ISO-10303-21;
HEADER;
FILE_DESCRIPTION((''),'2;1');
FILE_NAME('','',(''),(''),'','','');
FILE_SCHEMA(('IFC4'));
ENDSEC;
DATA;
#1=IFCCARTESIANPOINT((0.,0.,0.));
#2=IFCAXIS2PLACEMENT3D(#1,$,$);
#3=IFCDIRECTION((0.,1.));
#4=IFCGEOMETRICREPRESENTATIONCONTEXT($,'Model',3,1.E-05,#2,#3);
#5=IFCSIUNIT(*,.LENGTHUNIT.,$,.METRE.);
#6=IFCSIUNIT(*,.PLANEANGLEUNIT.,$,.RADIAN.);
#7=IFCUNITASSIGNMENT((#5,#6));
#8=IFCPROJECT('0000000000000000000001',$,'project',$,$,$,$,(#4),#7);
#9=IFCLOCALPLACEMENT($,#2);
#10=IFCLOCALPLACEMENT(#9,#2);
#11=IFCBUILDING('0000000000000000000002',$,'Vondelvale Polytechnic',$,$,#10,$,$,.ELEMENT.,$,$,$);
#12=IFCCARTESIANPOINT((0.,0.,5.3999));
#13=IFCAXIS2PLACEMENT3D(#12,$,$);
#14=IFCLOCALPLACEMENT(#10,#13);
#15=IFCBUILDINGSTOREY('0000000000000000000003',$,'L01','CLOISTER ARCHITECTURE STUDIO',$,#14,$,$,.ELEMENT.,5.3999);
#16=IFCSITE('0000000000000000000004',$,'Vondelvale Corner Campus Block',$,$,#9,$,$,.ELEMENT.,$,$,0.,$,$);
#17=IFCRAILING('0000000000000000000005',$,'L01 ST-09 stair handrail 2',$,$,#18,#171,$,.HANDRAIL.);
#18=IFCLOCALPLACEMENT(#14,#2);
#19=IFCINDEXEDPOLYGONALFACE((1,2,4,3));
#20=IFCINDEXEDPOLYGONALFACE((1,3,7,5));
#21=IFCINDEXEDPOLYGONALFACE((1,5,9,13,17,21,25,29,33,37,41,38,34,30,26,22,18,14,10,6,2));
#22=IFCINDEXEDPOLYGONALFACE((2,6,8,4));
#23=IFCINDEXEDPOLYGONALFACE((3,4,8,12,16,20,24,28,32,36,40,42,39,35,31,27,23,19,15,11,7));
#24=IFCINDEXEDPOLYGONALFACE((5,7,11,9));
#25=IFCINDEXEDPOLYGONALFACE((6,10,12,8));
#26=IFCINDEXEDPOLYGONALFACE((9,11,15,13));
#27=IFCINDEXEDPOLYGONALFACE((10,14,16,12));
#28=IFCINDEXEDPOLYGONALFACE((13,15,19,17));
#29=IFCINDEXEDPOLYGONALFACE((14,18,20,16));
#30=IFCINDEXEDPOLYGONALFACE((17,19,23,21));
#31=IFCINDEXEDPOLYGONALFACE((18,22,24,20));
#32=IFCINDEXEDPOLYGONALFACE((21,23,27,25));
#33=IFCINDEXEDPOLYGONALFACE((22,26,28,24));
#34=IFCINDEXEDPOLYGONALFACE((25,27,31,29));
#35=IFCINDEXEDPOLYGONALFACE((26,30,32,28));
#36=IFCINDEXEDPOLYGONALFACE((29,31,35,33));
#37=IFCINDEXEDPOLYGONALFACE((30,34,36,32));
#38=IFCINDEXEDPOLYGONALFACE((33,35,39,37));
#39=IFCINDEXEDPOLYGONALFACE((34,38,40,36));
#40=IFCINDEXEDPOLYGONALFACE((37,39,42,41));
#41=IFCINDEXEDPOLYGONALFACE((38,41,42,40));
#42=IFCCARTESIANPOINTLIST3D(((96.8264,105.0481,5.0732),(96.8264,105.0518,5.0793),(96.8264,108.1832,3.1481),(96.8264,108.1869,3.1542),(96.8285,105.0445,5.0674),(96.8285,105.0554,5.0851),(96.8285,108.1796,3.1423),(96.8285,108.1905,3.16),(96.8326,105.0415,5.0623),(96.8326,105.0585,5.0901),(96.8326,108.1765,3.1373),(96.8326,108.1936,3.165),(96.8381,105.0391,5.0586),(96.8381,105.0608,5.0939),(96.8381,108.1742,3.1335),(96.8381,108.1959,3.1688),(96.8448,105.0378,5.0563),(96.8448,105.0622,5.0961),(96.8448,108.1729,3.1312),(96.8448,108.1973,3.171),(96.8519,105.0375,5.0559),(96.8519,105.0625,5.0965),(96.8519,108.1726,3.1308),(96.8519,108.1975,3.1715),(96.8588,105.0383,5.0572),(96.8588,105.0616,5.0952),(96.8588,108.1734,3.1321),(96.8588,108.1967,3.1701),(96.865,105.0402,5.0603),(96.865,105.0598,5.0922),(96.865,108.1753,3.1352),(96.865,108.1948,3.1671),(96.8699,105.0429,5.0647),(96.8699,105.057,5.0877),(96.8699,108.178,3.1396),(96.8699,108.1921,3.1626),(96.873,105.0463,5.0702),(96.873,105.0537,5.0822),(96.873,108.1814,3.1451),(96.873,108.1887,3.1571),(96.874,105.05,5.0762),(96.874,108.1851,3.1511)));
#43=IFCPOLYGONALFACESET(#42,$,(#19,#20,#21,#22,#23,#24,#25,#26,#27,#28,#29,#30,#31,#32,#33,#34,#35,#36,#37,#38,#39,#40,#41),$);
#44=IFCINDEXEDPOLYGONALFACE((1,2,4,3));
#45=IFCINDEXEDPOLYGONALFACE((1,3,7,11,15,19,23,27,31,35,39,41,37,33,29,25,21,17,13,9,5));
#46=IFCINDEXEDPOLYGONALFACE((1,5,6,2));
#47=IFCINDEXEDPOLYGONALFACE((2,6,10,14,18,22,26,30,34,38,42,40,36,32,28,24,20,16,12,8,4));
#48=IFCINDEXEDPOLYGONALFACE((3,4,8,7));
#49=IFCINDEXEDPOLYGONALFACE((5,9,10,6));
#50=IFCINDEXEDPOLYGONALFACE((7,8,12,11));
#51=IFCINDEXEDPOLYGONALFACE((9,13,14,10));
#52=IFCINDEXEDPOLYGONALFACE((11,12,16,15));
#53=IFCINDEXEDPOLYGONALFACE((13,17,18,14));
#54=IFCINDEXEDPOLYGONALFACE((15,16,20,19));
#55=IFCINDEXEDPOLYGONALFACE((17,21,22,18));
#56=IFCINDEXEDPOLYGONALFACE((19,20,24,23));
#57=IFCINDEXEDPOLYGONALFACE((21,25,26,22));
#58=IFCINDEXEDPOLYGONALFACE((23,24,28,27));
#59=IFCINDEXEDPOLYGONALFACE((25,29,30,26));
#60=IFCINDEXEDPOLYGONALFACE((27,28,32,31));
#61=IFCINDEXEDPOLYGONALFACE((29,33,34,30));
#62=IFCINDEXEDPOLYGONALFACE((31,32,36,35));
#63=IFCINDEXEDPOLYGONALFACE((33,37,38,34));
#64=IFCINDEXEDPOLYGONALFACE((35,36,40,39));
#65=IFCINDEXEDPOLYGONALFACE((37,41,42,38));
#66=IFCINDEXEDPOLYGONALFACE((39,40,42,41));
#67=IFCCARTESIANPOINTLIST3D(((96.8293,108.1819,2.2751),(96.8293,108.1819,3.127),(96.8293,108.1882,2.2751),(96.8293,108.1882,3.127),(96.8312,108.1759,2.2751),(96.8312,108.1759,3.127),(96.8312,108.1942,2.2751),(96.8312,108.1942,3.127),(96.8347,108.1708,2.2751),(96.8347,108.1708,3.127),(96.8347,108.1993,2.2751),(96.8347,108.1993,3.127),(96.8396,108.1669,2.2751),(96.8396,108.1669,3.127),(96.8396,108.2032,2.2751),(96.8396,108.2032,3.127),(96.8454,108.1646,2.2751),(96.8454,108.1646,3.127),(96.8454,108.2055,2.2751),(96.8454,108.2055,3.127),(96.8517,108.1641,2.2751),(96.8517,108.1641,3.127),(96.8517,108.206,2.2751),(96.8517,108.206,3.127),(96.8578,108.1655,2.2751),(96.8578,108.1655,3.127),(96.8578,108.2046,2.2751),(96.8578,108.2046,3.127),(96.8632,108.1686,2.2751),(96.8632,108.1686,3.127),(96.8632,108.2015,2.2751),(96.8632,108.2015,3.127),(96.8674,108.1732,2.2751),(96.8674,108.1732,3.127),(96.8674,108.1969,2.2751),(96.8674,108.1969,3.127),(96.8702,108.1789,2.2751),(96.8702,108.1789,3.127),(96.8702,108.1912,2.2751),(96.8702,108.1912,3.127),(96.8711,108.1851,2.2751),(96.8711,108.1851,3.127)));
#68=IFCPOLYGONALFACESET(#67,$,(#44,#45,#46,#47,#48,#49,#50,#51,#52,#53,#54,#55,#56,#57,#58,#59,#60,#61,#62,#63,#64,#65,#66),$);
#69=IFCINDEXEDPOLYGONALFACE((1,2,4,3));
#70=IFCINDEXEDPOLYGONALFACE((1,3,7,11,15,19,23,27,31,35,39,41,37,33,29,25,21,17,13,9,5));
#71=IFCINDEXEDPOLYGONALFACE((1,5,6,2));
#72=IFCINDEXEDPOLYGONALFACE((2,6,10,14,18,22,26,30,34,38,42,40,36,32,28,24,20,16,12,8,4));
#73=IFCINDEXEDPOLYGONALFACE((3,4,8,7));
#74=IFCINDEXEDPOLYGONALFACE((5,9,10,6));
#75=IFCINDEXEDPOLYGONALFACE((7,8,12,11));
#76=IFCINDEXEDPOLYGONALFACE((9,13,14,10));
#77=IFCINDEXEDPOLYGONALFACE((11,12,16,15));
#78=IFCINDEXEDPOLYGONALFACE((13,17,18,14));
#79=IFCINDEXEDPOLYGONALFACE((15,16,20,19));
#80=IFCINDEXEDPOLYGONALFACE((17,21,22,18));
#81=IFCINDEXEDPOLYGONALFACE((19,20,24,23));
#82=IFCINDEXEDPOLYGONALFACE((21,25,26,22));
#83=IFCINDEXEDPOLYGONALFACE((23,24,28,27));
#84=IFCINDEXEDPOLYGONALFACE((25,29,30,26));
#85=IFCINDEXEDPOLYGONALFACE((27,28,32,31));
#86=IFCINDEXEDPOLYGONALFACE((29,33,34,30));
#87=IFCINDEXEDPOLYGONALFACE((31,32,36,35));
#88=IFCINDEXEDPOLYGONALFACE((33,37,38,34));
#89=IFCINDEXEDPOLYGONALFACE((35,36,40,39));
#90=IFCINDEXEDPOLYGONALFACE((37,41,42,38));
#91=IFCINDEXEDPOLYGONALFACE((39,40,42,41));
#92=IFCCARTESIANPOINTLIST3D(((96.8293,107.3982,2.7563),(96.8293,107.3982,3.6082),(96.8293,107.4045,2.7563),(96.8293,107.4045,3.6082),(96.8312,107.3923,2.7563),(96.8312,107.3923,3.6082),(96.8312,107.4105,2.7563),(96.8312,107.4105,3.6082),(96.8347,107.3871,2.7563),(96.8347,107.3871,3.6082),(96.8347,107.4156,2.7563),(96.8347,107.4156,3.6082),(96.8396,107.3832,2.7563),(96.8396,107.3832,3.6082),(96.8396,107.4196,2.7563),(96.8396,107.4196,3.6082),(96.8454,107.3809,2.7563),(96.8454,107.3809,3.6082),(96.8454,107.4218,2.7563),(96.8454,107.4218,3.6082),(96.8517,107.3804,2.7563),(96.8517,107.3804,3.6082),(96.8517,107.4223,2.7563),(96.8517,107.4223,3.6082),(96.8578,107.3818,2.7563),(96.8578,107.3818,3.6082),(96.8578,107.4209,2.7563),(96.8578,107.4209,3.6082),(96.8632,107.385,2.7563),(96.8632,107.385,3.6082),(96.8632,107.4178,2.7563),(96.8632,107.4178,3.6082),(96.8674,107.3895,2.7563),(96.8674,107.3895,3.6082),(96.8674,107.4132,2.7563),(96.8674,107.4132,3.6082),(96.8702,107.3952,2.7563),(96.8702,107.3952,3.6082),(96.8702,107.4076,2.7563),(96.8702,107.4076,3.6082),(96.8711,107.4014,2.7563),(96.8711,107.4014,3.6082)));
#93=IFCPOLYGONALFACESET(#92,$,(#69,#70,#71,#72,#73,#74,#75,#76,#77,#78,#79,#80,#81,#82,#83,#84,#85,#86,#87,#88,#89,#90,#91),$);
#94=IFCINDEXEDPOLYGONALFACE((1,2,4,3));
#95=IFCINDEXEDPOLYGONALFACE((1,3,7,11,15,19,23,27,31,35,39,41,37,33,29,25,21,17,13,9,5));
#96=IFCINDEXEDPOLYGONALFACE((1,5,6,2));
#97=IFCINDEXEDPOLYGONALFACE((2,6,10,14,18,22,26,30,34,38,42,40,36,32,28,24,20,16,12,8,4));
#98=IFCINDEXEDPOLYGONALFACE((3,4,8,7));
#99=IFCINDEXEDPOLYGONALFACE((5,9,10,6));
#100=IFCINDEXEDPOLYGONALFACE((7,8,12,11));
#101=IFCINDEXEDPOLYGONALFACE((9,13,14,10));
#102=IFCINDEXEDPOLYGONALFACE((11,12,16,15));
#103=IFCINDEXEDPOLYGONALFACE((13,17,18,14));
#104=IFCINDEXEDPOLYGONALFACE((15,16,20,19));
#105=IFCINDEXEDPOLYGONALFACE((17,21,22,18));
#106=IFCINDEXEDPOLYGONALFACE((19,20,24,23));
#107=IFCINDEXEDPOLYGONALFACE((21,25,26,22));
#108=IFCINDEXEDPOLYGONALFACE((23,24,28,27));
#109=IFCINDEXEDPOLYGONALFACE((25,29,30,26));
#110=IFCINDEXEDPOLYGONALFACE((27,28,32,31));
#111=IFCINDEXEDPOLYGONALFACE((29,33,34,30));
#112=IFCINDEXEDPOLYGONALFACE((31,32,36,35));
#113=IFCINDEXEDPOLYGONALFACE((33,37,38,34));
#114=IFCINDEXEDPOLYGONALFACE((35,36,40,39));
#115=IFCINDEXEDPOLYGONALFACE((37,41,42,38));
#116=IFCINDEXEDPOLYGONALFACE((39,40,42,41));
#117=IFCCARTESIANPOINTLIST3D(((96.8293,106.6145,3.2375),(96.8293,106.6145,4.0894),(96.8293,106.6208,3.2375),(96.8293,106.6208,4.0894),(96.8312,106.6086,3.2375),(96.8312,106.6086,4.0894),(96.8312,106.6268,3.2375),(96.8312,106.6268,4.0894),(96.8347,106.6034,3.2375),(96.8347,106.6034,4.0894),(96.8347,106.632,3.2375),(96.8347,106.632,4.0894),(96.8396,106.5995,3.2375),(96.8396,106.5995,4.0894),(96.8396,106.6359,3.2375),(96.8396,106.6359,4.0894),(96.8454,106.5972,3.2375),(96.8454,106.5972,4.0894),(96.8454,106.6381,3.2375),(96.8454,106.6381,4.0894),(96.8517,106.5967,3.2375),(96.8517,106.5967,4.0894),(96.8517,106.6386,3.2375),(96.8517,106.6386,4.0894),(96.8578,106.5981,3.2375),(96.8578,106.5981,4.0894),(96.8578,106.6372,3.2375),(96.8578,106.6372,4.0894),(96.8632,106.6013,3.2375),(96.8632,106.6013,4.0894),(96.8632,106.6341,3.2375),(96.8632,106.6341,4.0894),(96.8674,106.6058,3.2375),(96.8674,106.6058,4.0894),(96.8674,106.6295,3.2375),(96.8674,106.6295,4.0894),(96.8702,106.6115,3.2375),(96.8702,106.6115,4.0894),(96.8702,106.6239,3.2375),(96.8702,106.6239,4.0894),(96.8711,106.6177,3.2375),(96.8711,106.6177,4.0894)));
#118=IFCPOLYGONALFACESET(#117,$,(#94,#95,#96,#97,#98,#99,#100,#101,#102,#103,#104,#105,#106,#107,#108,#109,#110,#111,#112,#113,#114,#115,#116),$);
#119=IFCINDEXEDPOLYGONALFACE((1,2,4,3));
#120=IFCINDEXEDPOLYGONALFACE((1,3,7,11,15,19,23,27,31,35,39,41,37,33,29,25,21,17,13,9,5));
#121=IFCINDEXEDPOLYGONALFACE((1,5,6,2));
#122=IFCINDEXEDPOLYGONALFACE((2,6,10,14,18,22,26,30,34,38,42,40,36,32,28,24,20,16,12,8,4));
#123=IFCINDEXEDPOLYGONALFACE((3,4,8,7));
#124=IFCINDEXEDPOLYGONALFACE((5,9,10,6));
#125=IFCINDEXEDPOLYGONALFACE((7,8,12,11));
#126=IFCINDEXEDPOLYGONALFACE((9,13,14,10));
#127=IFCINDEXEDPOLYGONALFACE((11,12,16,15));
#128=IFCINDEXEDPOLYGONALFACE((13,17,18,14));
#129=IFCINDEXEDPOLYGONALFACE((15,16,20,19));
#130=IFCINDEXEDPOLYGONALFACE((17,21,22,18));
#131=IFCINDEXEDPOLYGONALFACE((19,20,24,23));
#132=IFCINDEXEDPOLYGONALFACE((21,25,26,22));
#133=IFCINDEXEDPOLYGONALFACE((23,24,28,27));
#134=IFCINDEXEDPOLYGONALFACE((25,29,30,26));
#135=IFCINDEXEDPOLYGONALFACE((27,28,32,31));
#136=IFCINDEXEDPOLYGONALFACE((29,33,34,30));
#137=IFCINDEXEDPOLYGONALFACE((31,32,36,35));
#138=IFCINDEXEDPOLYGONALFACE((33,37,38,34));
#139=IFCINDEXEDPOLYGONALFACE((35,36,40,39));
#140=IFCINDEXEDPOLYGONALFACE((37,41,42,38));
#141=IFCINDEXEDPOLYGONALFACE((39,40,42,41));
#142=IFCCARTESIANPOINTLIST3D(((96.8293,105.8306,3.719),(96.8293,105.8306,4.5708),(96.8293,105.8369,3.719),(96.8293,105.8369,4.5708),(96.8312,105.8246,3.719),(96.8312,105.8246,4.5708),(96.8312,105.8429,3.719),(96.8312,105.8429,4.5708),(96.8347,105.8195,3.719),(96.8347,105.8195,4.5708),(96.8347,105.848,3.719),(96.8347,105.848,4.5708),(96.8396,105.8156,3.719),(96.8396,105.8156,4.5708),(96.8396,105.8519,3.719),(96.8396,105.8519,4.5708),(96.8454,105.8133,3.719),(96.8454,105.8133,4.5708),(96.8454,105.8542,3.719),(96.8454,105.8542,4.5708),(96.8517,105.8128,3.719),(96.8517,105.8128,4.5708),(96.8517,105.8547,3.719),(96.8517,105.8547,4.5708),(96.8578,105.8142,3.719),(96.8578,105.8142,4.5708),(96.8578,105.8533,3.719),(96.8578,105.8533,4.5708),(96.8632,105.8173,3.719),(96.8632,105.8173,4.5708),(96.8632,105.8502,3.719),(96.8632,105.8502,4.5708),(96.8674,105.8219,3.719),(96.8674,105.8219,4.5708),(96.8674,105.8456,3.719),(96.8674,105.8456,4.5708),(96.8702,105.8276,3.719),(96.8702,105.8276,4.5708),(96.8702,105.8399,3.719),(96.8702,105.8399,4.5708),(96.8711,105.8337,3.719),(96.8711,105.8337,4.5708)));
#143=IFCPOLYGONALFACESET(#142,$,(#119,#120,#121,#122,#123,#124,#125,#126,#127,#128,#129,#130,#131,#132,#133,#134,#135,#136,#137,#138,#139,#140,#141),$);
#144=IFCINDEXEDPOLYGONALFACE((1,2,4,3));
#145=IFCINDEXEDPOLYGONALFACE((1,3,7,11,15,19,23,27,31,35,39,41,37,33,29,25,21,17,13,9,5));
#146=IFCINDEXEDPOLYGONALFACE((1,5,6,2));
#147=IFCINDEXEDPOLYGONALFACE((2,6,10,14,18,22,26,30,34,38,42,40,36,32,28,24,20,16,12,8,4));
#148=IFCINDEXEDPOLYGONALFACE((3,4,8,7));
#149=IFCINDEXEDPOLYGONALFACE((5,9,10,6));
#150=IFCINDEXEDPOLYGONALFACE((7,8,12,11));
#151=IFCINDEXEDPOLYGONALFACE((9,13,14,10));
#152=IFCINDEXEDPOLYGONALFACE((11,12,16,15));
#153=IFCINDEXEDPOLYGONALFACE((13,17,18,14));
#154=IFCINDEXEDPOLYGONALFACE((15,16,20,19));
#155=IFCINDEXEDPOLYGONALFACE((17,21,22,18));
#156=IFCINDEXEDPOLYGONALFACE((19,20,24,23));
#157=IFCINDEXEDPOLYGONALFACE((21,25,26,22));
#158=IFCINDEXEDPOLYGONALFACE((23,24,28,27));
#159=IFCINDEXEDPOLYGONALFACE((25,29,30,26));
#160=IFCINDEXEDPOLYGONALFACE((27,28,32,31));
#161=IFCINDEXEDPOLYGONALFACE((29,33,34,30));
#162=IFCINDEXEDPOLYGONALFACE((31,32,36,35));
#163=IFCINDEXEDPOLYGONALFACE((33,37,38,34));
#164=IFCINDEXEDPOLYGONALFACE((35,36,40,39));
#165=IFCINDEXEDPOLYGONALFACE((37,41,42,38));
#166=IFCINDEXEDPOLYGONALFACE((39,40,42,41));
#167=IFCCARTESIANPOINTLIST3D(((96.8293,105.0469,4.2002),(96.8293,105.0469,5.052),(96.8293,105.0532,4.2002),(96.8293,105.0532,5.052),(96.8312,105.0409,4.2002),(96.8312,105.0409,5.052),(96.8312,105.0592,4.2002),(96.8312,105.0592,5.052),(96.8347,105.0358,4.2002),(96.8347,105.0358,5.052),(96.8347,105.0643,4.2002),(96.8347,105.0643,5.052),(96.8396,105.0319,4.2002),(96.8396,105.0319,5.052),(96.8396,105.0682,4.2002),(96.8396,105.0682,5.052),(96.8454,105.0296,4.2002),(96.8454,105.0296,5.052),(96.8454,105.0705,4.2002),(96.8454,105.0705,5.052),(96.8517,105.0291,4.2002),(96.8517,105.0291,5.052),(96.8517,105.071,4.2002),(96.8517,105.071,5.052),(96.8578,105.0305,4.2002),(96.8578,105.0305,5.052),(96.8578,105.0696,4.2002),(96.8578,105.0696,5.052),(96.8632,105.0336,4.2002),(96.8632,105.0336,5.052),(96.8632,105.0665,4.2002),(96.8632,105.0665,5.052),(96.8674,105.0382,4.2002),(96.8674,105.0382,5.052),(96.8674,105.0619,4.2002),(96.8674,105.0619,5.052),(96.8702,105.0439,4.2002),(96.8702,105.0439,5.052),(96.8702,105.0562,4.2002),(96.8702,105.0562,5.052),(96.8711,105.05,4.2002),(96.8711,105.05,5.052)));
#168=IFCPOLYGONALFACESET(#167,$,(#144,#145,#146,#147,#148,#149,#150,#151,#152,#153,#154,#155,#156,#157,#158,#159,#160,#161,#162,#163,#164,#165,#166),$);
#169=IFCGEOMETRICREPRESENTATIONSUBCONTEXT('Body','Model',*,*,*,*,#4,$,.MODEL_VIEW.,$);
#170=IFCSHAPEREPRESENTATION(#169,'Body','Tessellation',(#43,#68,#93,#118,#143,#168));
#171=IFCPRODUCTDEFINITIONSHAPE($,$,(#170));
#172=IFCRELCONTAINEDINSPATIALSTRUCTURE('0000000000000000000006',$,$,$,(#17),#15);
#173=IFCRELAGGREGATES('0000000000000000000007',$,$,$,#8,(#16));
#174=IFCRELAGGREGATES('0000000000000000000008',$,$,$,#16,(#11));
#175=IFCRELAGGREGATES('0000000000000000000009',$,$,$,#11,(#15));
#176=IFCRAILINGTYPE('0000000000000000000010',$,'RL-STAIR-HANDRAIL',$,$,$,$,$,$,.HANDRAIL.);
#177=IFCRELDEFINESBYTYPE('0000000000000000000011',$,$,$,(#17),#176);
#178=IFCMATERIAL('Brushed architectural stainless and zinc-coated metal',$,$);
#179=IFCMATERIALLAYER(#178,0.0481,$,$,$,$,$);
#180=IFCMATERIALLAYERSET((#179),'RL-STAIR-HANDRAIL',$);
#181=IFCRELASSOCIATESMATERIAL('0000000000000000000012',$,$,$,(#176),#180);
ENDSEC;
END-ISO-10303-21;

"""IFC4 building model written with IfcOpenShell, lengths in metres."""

from ifc_helpers import new_model, si_unit, direction, frame, origin, origin_2d, place, context, subcontext, project, spatial, circle, extrude, material, layer, layer_set, type_object, element, save


model = new_model("IFC4")

# Units and contexts
model_context = context("Model", 3, precision=1e-05, world=origin(), true_north=direction((0.0, 1.0)))
body_context = subcontext(model_context, "Body", "Model", "MODEL_VIEW")
ifc_project = project(units=[si_unit("LENGTHUNIT", "METRE"), si_unit("PLANEANGLEUNIT", "RADIAN")], contexts=[model_context])

# Site, building, storey
site_placement = place(None, origin())
site = spatial("IfcSite", under=ifc_project, at=site_placement, Name="Vondelvale Corner Campus Block", CompositionType="ELEMENT", RefElevation=0.0)
building_placement = place(site_placement, origin())
building = spatial("IfcBuilding", under=site, at=building_placement, Name="Vondelvale Polytechnic", CompositionType="ELEMENT")
storey_placement = place(building_placement, frame((0.0, 0.0, 5.3999)))
storey = spatial("IfcBuildingStorey", under=building, at=storey_placement, Name="L01", Description="CLOISTER ARCHITECTURE STUDIO", CompositionType="ELEMENT", Elevation=5.3999)

# Railing
ifc_material_1 = material(Name="Brushed architectural stainless and zinc-coated metal")
ifc_layer_1 = layer(ifc_material_1, 0.0481)
ifc_layer_set_1 = layer_set([ifc_layer_1], Name="RL-STAIR-HANDRAIL")
railing_type = type_object("IfcRailingType", Name="RL-STAIR-HANDRAIL", PredefinedType="HANDRAIL", material=ifc_layer_set_1)
railing_placement = place(storey_placement, frame((96.8501, 108.1851, 2.2751)))
element("IfcRailing", 1, at=railing_placement, inside=storey, type_object=railing_type, Name="L01 ST-09 stair handrail 2", PredefinedType="HANDRAIL", context=body_context, shape_type="SweptSolid", body=[
    extrude(circle(Radius=0.0239, at=origin_2d()), frame((0.0, 0.0, 0.876), z_axis=(0.0, -0.852166, 0.523271), x_axis=(1.0, 0.0, 0.0)), (0.0, 0.0, 1.0), 3.679),
    extrude(circle(Radius=0.021, at=origin_2d()), origin(), (0.0, 0.0, 1.0), 0.8518),
    extrude(circle(Radius=0.021, at=origin_2d()), frame((0.0, -0.7837, 0.4812)), (0.0, 0.0, 1.0), 0.8518),
    extrude(circle(Radius=0.021, at=origin_2d()), frame((0.0, -1.5674, 0.9624)), (0.0, 0.0, 1.0), 0.8518),
    extrude(circle(Radius=0.021, at=origin_2d()), frame((0.0, -2.3513, 1.4438)), (0.0, 0.0, 1.0), 0.8518),
    extrude(circle(Radius=0.021, at=origin_2d()), frame((0.0, -3.135, 1.925)), (0.0, 0.0, 1.0), 0.8518),
])

save(model, "model.ifc")
